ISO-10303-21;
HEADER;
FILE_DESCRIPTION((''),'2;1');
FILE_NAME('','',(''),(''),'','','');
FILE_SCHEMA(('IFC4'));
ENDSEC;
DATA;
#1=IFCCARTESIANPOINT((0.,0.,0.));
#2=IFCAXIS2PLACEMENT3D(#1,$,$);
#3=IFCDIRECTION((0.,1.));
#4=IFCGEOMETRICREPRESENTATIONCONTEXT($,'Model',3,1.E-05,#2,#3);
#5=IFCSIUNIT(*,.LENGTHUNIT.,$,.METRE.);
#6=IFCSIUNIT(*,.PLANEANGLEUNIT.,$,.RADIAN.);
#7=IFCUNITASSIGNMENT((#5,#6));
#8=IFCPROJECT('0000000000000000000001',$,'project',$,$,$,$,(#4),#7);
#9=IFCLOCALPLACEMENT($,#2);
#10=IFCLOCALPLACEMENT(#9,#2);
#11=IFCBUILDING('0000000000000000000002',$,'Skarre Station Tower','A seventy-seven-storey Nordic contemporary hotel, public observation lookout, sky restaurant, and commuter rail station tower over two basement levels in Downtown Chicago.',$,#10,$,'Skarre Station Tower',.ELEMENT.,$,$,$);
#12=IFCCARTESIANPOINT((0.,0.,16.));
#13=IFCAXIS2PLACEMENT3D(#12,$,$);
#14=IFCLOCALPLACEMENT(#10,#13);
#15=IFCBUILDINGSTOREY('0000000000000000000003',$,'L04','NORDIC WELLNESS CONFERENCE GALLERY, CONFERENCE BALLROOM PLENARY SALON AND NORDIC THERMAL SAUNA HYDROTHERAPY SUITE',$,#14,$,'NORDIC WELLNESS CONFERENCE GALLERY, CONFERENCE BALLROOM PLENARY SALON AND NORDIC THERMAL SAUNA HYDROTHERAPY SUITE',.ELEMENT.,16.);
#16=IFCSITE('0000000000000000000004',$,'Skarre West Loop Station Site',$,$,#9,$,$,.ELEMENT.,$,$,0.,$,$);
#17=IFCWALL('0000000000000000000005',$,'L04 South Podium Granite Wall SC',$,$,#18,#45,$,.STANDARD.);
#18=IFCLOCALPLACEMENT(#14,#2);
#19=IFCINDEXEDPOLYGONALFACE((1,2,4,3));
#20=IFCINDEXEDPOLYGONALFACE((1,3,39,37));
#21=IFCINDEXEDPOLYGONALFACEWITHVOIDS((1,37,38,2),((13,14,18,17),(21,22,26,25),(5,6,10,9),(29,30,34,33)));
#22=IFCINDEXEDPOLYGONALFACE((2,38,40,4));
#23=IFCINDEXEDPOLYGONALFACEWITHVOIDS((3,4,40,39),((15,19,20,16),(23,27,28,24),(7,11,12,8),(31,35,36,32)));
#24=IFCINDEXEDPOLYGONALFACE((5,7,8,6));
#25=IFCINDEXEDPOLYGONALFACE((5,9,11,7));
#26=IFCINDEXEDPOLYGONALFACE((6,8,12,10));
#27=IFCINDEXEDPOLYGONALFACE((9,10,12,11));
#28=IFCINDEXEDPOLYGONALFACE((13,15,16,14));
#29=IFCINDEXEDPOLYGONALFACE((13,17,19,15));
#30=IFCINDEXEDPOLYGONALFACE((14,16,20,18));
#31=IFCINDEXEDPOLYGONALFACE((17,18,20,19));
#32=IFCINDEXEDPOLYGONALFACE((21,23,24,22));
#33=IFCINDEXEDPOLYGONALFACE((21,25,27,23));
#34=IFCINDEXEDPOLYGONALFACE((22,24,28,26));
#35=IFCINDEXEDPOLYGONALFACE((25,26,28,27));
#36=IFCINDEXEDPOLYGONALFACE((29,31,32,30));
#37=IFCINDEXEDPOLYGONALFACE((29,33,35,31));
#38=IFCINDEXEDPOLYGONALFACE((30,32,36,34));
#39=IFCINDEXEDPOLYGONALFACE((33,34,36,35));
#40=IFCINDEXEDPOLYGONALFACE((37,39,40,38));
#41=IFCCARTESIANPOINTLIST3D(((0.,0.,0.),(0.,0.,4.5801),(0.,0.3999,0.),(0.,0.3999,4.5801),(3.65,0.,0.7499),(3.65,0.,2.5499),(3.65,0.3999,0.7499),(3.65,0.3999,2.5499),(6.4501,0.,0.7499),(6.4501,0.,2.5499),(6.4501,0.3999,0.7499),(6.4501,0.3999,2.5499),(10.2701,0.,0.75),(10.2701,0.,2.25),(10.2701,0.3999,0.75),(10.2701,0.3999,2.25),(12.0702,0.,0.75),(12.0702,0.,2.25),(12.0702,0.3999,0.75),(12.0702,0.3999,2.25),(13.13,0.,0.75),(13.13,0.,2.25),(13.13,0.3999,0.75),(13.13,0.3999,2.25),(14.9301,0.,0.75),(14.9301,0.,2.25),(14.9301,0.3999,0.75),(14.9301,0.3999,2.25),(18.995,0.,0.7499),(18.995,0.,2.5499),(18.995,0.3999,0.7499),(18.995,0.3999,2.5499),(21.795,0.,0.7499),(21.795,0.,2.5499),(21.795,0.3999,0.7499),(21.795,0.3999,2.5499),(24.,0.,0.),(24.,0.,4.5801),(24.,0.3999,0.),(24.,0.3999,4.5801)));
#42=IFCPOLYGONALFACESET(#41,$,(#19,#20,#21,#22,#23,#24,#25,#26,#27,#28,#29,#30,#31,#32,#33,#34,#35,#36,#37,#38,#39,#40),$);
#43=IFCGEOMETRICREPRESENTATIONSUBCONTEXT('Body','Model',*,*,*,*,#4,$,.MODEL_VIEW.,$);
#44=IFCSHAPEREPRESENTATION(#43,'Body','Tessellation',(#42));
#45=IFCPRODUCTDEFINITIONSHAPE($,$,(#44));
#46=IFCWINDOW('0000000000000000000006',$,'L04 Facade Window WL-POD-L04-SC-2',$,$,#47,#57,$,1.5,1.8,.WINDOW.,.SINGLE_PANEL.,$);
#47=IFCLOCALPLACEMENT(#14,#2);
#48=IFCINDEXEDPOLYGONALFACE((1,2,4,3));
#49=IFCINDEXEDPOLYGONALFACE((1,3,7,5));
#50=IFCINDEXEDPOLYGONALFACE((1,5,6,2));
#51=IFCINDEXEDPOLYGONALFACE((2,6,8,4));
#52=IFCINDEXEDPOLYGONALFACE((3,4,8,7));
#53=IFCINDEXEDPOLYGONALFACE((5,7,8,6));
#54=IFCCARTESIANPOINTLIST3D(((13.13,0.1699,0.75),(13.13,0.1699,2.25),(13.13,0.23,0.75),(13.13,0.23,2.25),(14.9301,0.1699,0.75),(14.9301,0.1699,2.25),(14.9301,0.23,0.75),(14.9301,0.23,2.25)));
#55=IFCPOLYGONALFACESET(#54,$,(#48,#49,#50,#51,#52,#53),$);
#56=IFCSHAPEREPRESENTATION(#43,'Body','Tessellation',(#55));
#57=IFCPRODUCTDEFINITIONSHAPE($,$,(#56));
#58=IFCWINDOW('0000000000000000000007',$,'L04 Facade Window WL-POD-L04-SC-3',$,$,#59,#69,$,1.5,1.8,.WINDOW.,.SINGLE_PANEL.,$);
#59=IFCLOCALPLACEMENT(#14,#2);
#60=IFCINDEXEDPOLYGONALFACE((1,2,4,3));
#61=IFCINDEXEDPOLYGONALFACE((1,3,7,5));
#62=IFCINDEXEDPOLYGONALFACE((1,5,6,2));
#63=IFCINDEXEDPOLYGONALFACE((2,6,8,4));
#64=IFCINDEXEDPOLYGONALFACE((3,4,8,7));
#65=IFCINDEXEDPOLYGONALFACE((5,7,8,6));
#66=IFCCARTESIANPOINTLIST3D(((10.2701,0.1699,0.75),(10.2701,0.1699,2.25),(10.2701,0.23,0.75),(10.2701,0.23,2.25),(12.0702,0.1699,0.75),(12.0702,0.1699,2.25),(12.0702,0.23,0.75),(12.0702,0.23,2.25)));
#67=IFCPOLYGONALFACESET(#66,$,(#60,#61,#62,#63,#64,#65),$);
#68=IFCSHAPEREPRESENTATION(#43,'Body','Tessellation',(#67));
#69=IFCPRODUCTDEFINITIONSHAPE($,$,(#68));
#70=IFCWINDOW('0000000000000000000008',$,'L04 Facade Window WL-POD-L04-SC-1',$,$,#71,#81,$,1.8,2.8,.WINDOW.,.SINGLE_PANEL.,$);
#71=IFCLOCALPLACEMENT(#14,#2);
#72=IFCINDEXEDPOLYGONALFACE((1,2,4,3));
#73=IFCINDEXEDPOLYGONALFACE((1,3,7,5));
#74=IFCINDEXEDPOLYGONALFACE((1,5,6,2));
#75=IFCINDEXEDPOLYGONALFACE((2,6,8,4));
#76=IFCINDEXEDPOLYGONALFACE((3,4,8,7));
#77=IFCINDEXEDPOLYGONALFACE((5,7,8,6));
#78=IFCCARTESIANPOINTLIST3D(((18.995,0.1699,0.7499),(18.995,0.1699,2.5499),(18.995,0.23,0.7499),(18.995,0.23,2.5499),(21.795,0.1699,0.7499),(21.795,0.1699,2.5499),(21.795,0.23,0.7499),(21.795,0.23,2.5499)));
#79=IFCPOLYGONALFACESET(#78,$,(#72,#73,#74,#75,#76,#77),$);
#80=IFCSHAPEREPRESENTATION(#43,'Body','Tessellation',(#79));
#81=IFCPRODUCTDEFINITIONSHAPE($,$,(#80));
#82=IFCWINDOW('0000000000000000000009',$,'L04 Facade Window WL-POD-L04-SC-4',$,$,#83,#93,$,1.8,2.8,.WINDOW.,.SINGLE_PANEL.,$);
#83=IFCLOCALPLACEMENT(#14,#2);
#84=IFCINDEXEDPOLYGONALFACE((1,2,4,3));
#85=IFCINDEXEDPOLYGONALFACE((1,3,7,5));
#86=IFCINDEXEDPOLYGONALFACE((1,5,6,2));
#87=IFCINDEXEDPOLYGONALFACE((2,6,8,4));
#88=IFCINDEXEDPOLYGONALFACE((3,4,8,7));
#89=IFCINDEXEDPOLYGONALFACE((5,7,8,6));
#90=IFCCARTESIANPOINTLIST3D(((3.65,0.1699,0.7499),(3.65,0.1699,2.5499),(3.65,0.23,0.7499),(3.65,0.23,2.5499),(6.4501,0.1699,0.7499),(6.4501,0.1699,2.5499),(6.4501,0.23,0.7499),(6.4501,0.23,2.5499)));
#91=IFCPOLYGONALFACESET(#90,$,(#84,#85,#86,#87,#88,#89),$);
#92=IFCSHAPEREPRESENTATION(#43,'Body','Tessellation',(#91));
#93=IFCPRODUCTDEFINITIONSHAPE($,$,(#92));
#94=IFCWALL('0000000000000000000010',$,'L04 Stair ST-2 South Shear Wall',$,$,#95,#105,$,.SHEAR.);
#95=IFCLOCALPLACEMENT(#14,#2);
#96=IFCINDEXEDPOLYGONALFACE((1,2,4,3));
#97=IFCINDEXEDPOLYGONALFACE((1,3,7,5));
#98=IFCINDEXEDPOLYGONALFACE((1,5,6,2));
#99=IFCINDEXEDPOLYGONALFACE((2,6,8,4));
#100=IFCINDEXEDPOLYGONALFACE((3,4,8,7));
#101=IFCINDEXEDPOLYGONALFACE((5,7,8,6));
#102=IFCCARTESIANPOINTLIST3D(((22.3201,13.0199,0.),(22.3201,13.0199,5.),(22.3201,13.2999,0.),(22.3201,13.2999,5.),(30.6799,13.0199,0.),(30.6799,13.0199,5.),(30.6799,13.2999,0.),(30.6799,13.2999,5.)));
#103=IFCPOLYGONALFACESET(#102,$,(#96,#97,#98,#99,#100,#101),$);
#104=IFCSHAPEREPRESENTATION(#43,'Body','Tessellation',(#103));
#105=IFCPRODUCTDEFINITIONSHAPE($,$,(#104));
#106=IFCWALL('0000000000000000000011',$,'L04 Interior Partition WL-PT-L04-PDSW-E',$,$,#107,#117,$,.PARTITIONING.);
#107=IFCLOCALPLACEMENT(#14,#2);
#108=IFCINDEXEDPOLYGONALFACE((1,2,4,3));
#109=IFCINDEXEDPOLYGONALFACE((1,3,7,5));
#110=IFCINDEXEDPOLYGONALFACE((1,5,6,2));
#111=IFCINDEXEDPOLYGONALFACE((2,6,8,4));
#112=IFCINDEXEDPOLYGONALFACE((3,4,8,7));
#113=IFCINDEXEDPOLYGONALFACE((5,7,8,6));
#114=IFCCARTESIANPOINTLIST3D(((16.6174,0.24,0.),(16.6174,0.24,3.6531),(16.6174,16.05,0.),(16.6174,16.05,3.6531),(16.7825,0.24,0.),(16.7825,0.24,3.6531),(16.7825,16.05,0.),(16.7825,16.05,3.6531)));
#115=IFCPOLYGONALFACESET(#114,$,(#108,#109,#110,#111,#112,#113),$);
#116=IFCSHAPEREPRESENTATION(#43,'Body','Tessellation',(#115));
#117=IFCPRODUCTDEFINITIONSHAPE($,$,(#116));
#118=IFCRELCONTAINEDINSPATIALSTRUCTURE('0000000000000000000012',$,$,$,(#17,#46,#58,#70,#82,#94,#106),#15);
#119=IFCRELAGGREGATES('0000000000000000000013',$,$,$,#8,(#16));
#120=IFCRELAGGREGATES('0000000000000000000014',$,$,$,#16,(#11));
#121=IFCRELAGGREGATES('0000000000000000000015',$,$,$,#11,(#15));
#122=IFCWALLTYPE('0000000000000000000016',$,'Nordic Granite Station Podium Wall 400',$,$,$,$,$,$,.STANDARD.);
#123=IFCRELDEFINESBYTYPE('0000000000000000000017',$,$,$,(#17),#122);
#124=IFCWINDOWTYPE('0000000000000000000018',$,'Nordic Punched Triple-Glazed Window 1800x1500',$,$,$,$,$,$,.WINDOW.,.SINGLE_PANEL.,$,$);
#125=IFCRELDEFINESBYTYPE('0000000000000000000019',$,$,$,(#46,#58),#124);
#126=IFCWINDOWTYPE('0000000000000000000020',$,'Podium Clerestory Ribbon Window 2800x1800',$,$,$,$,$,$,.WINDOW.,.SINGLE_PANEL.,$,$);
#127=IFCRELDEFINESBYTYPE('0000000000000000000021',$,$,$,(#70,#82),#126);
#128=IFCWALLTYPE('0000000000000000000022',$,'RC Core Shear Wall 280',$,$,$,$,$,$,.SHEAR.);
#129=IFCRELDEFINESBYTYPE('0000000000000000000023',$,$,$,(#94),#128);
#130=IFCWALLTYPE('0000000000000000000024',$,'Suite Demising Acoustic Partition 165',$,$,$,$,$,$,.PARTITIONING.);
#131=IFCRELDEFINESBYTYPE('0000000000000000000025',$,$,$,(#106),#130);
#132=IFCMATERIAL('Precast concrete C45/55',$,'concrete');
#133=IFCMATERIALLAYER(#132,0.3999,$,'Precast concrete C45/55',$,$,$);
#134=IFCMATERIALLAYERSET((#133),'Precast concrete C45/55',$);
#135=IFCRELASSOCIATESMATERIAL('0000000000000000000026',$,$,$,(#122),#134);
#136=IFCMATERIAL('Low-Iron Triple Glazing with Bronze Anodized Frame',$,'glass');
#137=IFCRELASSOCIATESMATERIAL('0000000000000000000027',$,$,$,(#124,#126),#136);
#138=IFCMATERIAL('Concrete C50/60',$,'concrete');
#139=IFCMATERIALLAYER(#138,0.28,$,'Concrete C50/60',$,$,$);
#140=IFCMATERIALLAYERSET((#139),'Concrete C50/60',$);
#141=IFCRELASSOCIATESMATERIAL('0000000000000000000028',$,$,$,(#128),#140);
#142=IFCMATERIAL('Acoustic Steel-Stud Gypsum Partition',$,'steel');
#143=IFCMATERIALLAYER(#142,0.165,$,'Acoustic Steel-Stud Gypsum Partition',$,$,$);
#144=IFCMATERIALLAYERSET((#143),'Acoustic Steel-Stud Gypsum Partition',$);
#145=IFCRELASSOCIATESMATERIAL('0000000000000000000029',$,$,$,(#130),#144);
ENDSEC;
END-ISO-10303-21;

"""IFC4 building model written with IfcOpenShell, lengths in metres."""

from ifc_helpers import new_model, si_unit, direction, frame, frame_2d, origin, place, context, subcontext, project, spatial, rectangle, extrude, material, layer, layer_set, type_object, element, fill, save


model = new_model("IFC4")

# Units and contexts
model_context = context("Model", 3, precision=1e-05, world=origin(), true_north=direction((0.0, 1.0)))
body_context = subcontext(model_context, "Body", "Model", "MODEL_VIEW")
ifc_project = project(units=[si_unit("LENGTHUNIT", "METRE"), si_unit("PLANEANGLEUNIT", "RADIAN")], contexts=[model_context])

# Site, building, storey
site_placement = place(None, origin())
site = spatial("IfcSite", under=ifc_project, at=site_placement, Name="Skarre West Loop Station Site", CompositionType="ELEMENT", RefElevation=0.0)
building_placement = place(site_placement, origin())
building = spatial("IfcBuilding", under=site, at=building_placement, Name="Skarre Station Tower", Description="A seventy-seven-storey Nordic contemporary hotel, public observation lookout, sky restaurant, and commuter rail station tower over two basement levels in Downtown Chicago.", LongName="Skarre Station Tower", CompositionType="ELEMENT")
storey_placement = place(building_placement, frame((0.0, 0.0, 16.0)))
storey = spatial("IfcBuildingStorey", under=building, at=storey_placement, Name="L04", Description="NORDIC WELLNESS CONFERENCE GALLERY, CONFERENCE BALLROOM PLENARY SALON AND NORDIC THERMAL SAUNA HYDROTHERAPY SUITE", LongName="NORDIC WELLNESS CONFERENCE GALLERY, CONFERENCE BALLROOM PLENARY SALON AND NORDIC THERMAL SAUNA HYDROTHERAPY SUITE", CompositionType="ELEMENT", Elevation=16.0)

# Wall, openings, windows
ifc_material_1 = material(Name="Precast concrete C45/55", Category="concrete")
ifc_layer_1 = layer(ifc_material_1, 0.3999, Name="Precast concrete C45/55")
ifc_layer_set_1 = layer_set([ifc_layer_1], Name="Precast concrete C45/55")
wall_type_1 = type_object("IfcWallType", Name="Nordic Granite Station Podium Wall 400", PredefinedType="STANDARD", material=ifc_layer_set_1)
wall_1_placement = place(storey_placement, frame((24.0, 0.2, 0.0), z_axis=(0.0, 0.0, 1.0), x_axis=(-1.0, 0.0, 0.0)))
wall_1 = element("IfcWall", 1, at=wall_1_placement, inside=storey, type_object=wall_type_1, Name="L04 South Podium Granite Wall SC", PredefinedType="STANDARD", context=body_context, shape_type="SweptSolid", body=[
    extrude(rectangle(XDim=24.0, YDim=0.3999, at=frame_2d((12.0, 0.0))), origin(), (0.0, 0.0, 1.0), 4.5801),
])
opening_1_placement = place(wall_1_placement, frame((2.2051, 0.0, 0.75)))
opening_1 = element("IfcOpeningElement", 2, at=opening_1_placement, cuts=wall_1, PredefinedType="OPENING", context=body_context, shape_type="SweptSolid", body=[
    extrude(rectangle(XDim=2.8, YDim=1.8, at=frame_2d((1.3999, 0.8999))), frame((0.0, 0.21, 0.0), z_axis=(0.0, -1.0, 0.0), x_axis=(1.0, 0.0, 0.0)), (0.0, 0.0, 1.0), 0.4199),
])
opening_2_placement = place(wall_1_placement, frame((9.0701, 0.0, 0.75)))
opening_2 = element("IfcOpeningElement", 3, at=opening_2_placement, cuts=wall_1, PredefinedType="OPENING", context=body_context, shape_type="SweptSolid", body=[
    extrude(rectangle(XDim=1.8, YDim=1.5, at=frame_2d((0.8999, 0.75))), frame((0.0, 0.21, 0.0), z_axis=(0.0, -1.0, 0.0), x_axis=(1.0, 0.0, 0.0)), (0.0, 0.0, 1.0), 0.4199),
])
opening_3_placement = place(wall_1_placement, frame((11.9299, 0.0, 0.75)))
opening_3 = element("IfcOpeningElement", 4, at=opening_3_placement, cuts=wall_1, PredefinedType="OPENING", context=body_context, shape_type="SweptSolid", body=[
    extrude(rectangle(XDim=1.8, YDim=1.5, at=frame_2d((0.8999, 0.75))), frame((0.0, 0.21, 0.0), z_axis=(0.0, -1.0, 0.0), x_axis=(1.0, 0.0, 0.0)), (0.0, 0.0, 1.0), 0.4199),
])
opening_4_placement = place(wall_1_placement, frame((17.55, 0.0, 0.75)))
opening_4 = element("IfcOpeningElement", 5, at=opening_4_placement, cuts=wall_1, PredefinedType="OPENING", context=body_context, shape_type="SweptSolid", body=[
    extrude(rectangle(XDim=2.8, YDim=1.8, at=frame_2d((1.3999, 0.8999))), frame((0.0, 0.21, 0.0), z_axis=(0.0, -1.0, 0.0), x_axis=(1.0, 0.0, 0.0)), (0.0, 0.0, 1.0), 0.4199),
])
ifc_material_2 = material(Name="Low-Iron Triple Glazing with Bronze Anodized Frame", Category="glass")
window_type_1 = type_object("IfcWindowType", Name="Nordic Punched Triple-Glazed Window 1800x1500", PartitioningType="SINGLE_PANEL", PredefinedType="WINDOW", material=ifc_material_2)
window_1_placement = place(opening_2_placement, origin())
window_1 = element("IfcWindow", 6, at=window_1_placement, inside=storey, type_object=window_type_1, Name="L04 Facade Window WL-POD-L04-SC-2", OverallHeight=1.5, OverallWidth=1.8, PartitioningType="SINGLE_PANEL", PredefinedType="WINDOW", context=body_context, shape_type="SweptSolid", body=[
    extrude(rectangle(XDim=1.8, YDim=1.5, at=frame_2d((0.8999, 0.75))), frame((0.0, 0.03, 0.0), z_axis=(0.0, -1.0, 0.0), x_axis=(1.0, 0.0, 0.0)), (0.0, 0.0, 1.0), 0.0601),
])
fill(opening_2, window_1)
window_2_placement = place(opening_3_placement, origin())
window_2 = element("IfcWindow", 7, at=window_2_placement, inside=storey, type_object=window_type_1, Name="L04 Facade Window WL-POD-L04-SC-3", OverallHeight=1.5, OverallWidth=1.8, PartitioningType="SINGLE_PANEL", PredefinedType="WINDOW", context=body_context, shape_type="SweptSolid", body=[
    extrude(rectangle(XDim=1.8, YDim=1.5, at=frame_2d((0.8999, 0.75))), frame((0.0, 0.03, 0.0), z_axis=(0.0, -1.0, 0.0), x_axis=(1.0, 0.0, 0.0)), (0.0, 0.0, 1.0), 0.0601),
])
fill(opening_3, window_2)
window_type_2 = type_object("IfcWindowType", Name="Podium Clerestory Ribbon Window 2800x1800", PartitioningType="SINGLE_PANEL", PredefinedType="WINDOW", material=ifc_material_2)
window_3_placement = place(opening_1_placement, origin())
window_3 = element("IfcWindow", 8, at=window_3_placement, inside=storey, type_object=window_type_2, Name="L04 Facade Window WL-POD-L04-SC-1", OverallHeight=1.8, OverallWidth=2.8, PartitioningType="SINGLE_PANEL", PredefinedType="WINDOW", context=body_context, shape_type="SweptSolid", body=[
    extrude(rectangle(XDim=2.8, YDim=1.8, at=frame_2d((1.3999, 0.8999))), frame((0.0, 0.03, 0.0), z_axis=(0.0, -1.0, 0.0), x_axis=(1.0, 0.0, 0.0)), (0.0, 0.0, 1.0), 0.0601),
])
fill(opening_1, window_3)
window_4_placement = place(opening_4_placement, origin())
window_4 = element("IfcWindow", 9, at=window_4_placement, inside=storey, type_object=window_type_2, Name="L04 Facade Window WL-POD-L04-SC-4", OverallHeight=1.8, OverallWidth=2.8, PartitioningType="SINGLE_PANEL", PredefinedType="WINDOW", context=body_context, shape_type="SweptSolid", body=[
    extrude(rectangle(XDim=2.8, YDim=1.8, at=frame_2d((1.3999, 0.8999))), frame((0.0, 0.03, 0.0), z_axis=(0.0, -1.0, 0.0), x_axis=(1.0, 0.0, 0.0)), (0.0, 0.0, 1.0), 0.0601),
])
fill(opening_4, window_4)

# Walls
ifc_material_3 = material(Name="Concrete C50/60", Category="concrete")
ifc_layer_2 = layer(ifc_material_3, 0.28, Name="Concrete C50/60")
ifc_layer_set_2 = layer_set([ifc_layer_2], Name="Concrete C50/60")
wall_type_2 = type_object("IfcWallType", Name="RC Core Shear Wall 280", PredefinedType="SHEAR", material=ifc_layer_set_2)
wall_2_placement = place(storey_placement, frame((22.3201, 13.1599, 0.0), z_axis=(0.0, 0.0, 1.0), x_axis=(1.0, 0.0, 0.0)))
element("IfcWall", 10, at=wall_2_placement, inside=storey, type_object=wall_type_2, Name="L04 Stair ST-2 South Shear Wall", PredefinedType="SHEAR", context=body_context, shape_type="SweptSolid", body=[
    extrude(rectangle(XDim=8.3599, YDim=0.28, at=frame_2d((4.1799, 0.0))), origin(), (0.0, 0.0, 1.0), 5.0),
])
ifc_material_4 = material(Name="Acoustic Steel-Stud Gypsum Partition", Category="steel")
ifc_layer_3 = layer(ifc_material_4, 0.165, Name="Acoustic Steel-Stud Gypsum Partition")
ifc_layer_set_3 = layer_set([ifc_layer_3], Name="Acoustic Steel-Stud Gypsum Partition")
wall_type_3 = type_object("IfcWallType", Name="Suite Demising Acoustic Partition 165", PredefinedType="PARTITIONING", material=ifc_layer_set_3)
wall_3_placement = place(storey_placement, frame((16.7, 0.24, 0.0), z_axis=(0.0, 0.0, 1.0), x_axis=(0.0, 1.0, 0.0)))
element("IfcWall", 11, at=wall_3_placement, inside=storey, type_object=wall_type_3, Name="L04 Interior Partition WL-PT-L04-PDSW-E", PredefinedType="PARTITIONING", context=body_context, shape_type="SweptSolid", body=[
    extrude(rectangle(XDim=15.8101, YDim=0.165, at=frame_2d((7.905, 0.0))), origin(), (0.0, 0.0, 1.0), 3.6531),
])

save(model, "model.ifc")
